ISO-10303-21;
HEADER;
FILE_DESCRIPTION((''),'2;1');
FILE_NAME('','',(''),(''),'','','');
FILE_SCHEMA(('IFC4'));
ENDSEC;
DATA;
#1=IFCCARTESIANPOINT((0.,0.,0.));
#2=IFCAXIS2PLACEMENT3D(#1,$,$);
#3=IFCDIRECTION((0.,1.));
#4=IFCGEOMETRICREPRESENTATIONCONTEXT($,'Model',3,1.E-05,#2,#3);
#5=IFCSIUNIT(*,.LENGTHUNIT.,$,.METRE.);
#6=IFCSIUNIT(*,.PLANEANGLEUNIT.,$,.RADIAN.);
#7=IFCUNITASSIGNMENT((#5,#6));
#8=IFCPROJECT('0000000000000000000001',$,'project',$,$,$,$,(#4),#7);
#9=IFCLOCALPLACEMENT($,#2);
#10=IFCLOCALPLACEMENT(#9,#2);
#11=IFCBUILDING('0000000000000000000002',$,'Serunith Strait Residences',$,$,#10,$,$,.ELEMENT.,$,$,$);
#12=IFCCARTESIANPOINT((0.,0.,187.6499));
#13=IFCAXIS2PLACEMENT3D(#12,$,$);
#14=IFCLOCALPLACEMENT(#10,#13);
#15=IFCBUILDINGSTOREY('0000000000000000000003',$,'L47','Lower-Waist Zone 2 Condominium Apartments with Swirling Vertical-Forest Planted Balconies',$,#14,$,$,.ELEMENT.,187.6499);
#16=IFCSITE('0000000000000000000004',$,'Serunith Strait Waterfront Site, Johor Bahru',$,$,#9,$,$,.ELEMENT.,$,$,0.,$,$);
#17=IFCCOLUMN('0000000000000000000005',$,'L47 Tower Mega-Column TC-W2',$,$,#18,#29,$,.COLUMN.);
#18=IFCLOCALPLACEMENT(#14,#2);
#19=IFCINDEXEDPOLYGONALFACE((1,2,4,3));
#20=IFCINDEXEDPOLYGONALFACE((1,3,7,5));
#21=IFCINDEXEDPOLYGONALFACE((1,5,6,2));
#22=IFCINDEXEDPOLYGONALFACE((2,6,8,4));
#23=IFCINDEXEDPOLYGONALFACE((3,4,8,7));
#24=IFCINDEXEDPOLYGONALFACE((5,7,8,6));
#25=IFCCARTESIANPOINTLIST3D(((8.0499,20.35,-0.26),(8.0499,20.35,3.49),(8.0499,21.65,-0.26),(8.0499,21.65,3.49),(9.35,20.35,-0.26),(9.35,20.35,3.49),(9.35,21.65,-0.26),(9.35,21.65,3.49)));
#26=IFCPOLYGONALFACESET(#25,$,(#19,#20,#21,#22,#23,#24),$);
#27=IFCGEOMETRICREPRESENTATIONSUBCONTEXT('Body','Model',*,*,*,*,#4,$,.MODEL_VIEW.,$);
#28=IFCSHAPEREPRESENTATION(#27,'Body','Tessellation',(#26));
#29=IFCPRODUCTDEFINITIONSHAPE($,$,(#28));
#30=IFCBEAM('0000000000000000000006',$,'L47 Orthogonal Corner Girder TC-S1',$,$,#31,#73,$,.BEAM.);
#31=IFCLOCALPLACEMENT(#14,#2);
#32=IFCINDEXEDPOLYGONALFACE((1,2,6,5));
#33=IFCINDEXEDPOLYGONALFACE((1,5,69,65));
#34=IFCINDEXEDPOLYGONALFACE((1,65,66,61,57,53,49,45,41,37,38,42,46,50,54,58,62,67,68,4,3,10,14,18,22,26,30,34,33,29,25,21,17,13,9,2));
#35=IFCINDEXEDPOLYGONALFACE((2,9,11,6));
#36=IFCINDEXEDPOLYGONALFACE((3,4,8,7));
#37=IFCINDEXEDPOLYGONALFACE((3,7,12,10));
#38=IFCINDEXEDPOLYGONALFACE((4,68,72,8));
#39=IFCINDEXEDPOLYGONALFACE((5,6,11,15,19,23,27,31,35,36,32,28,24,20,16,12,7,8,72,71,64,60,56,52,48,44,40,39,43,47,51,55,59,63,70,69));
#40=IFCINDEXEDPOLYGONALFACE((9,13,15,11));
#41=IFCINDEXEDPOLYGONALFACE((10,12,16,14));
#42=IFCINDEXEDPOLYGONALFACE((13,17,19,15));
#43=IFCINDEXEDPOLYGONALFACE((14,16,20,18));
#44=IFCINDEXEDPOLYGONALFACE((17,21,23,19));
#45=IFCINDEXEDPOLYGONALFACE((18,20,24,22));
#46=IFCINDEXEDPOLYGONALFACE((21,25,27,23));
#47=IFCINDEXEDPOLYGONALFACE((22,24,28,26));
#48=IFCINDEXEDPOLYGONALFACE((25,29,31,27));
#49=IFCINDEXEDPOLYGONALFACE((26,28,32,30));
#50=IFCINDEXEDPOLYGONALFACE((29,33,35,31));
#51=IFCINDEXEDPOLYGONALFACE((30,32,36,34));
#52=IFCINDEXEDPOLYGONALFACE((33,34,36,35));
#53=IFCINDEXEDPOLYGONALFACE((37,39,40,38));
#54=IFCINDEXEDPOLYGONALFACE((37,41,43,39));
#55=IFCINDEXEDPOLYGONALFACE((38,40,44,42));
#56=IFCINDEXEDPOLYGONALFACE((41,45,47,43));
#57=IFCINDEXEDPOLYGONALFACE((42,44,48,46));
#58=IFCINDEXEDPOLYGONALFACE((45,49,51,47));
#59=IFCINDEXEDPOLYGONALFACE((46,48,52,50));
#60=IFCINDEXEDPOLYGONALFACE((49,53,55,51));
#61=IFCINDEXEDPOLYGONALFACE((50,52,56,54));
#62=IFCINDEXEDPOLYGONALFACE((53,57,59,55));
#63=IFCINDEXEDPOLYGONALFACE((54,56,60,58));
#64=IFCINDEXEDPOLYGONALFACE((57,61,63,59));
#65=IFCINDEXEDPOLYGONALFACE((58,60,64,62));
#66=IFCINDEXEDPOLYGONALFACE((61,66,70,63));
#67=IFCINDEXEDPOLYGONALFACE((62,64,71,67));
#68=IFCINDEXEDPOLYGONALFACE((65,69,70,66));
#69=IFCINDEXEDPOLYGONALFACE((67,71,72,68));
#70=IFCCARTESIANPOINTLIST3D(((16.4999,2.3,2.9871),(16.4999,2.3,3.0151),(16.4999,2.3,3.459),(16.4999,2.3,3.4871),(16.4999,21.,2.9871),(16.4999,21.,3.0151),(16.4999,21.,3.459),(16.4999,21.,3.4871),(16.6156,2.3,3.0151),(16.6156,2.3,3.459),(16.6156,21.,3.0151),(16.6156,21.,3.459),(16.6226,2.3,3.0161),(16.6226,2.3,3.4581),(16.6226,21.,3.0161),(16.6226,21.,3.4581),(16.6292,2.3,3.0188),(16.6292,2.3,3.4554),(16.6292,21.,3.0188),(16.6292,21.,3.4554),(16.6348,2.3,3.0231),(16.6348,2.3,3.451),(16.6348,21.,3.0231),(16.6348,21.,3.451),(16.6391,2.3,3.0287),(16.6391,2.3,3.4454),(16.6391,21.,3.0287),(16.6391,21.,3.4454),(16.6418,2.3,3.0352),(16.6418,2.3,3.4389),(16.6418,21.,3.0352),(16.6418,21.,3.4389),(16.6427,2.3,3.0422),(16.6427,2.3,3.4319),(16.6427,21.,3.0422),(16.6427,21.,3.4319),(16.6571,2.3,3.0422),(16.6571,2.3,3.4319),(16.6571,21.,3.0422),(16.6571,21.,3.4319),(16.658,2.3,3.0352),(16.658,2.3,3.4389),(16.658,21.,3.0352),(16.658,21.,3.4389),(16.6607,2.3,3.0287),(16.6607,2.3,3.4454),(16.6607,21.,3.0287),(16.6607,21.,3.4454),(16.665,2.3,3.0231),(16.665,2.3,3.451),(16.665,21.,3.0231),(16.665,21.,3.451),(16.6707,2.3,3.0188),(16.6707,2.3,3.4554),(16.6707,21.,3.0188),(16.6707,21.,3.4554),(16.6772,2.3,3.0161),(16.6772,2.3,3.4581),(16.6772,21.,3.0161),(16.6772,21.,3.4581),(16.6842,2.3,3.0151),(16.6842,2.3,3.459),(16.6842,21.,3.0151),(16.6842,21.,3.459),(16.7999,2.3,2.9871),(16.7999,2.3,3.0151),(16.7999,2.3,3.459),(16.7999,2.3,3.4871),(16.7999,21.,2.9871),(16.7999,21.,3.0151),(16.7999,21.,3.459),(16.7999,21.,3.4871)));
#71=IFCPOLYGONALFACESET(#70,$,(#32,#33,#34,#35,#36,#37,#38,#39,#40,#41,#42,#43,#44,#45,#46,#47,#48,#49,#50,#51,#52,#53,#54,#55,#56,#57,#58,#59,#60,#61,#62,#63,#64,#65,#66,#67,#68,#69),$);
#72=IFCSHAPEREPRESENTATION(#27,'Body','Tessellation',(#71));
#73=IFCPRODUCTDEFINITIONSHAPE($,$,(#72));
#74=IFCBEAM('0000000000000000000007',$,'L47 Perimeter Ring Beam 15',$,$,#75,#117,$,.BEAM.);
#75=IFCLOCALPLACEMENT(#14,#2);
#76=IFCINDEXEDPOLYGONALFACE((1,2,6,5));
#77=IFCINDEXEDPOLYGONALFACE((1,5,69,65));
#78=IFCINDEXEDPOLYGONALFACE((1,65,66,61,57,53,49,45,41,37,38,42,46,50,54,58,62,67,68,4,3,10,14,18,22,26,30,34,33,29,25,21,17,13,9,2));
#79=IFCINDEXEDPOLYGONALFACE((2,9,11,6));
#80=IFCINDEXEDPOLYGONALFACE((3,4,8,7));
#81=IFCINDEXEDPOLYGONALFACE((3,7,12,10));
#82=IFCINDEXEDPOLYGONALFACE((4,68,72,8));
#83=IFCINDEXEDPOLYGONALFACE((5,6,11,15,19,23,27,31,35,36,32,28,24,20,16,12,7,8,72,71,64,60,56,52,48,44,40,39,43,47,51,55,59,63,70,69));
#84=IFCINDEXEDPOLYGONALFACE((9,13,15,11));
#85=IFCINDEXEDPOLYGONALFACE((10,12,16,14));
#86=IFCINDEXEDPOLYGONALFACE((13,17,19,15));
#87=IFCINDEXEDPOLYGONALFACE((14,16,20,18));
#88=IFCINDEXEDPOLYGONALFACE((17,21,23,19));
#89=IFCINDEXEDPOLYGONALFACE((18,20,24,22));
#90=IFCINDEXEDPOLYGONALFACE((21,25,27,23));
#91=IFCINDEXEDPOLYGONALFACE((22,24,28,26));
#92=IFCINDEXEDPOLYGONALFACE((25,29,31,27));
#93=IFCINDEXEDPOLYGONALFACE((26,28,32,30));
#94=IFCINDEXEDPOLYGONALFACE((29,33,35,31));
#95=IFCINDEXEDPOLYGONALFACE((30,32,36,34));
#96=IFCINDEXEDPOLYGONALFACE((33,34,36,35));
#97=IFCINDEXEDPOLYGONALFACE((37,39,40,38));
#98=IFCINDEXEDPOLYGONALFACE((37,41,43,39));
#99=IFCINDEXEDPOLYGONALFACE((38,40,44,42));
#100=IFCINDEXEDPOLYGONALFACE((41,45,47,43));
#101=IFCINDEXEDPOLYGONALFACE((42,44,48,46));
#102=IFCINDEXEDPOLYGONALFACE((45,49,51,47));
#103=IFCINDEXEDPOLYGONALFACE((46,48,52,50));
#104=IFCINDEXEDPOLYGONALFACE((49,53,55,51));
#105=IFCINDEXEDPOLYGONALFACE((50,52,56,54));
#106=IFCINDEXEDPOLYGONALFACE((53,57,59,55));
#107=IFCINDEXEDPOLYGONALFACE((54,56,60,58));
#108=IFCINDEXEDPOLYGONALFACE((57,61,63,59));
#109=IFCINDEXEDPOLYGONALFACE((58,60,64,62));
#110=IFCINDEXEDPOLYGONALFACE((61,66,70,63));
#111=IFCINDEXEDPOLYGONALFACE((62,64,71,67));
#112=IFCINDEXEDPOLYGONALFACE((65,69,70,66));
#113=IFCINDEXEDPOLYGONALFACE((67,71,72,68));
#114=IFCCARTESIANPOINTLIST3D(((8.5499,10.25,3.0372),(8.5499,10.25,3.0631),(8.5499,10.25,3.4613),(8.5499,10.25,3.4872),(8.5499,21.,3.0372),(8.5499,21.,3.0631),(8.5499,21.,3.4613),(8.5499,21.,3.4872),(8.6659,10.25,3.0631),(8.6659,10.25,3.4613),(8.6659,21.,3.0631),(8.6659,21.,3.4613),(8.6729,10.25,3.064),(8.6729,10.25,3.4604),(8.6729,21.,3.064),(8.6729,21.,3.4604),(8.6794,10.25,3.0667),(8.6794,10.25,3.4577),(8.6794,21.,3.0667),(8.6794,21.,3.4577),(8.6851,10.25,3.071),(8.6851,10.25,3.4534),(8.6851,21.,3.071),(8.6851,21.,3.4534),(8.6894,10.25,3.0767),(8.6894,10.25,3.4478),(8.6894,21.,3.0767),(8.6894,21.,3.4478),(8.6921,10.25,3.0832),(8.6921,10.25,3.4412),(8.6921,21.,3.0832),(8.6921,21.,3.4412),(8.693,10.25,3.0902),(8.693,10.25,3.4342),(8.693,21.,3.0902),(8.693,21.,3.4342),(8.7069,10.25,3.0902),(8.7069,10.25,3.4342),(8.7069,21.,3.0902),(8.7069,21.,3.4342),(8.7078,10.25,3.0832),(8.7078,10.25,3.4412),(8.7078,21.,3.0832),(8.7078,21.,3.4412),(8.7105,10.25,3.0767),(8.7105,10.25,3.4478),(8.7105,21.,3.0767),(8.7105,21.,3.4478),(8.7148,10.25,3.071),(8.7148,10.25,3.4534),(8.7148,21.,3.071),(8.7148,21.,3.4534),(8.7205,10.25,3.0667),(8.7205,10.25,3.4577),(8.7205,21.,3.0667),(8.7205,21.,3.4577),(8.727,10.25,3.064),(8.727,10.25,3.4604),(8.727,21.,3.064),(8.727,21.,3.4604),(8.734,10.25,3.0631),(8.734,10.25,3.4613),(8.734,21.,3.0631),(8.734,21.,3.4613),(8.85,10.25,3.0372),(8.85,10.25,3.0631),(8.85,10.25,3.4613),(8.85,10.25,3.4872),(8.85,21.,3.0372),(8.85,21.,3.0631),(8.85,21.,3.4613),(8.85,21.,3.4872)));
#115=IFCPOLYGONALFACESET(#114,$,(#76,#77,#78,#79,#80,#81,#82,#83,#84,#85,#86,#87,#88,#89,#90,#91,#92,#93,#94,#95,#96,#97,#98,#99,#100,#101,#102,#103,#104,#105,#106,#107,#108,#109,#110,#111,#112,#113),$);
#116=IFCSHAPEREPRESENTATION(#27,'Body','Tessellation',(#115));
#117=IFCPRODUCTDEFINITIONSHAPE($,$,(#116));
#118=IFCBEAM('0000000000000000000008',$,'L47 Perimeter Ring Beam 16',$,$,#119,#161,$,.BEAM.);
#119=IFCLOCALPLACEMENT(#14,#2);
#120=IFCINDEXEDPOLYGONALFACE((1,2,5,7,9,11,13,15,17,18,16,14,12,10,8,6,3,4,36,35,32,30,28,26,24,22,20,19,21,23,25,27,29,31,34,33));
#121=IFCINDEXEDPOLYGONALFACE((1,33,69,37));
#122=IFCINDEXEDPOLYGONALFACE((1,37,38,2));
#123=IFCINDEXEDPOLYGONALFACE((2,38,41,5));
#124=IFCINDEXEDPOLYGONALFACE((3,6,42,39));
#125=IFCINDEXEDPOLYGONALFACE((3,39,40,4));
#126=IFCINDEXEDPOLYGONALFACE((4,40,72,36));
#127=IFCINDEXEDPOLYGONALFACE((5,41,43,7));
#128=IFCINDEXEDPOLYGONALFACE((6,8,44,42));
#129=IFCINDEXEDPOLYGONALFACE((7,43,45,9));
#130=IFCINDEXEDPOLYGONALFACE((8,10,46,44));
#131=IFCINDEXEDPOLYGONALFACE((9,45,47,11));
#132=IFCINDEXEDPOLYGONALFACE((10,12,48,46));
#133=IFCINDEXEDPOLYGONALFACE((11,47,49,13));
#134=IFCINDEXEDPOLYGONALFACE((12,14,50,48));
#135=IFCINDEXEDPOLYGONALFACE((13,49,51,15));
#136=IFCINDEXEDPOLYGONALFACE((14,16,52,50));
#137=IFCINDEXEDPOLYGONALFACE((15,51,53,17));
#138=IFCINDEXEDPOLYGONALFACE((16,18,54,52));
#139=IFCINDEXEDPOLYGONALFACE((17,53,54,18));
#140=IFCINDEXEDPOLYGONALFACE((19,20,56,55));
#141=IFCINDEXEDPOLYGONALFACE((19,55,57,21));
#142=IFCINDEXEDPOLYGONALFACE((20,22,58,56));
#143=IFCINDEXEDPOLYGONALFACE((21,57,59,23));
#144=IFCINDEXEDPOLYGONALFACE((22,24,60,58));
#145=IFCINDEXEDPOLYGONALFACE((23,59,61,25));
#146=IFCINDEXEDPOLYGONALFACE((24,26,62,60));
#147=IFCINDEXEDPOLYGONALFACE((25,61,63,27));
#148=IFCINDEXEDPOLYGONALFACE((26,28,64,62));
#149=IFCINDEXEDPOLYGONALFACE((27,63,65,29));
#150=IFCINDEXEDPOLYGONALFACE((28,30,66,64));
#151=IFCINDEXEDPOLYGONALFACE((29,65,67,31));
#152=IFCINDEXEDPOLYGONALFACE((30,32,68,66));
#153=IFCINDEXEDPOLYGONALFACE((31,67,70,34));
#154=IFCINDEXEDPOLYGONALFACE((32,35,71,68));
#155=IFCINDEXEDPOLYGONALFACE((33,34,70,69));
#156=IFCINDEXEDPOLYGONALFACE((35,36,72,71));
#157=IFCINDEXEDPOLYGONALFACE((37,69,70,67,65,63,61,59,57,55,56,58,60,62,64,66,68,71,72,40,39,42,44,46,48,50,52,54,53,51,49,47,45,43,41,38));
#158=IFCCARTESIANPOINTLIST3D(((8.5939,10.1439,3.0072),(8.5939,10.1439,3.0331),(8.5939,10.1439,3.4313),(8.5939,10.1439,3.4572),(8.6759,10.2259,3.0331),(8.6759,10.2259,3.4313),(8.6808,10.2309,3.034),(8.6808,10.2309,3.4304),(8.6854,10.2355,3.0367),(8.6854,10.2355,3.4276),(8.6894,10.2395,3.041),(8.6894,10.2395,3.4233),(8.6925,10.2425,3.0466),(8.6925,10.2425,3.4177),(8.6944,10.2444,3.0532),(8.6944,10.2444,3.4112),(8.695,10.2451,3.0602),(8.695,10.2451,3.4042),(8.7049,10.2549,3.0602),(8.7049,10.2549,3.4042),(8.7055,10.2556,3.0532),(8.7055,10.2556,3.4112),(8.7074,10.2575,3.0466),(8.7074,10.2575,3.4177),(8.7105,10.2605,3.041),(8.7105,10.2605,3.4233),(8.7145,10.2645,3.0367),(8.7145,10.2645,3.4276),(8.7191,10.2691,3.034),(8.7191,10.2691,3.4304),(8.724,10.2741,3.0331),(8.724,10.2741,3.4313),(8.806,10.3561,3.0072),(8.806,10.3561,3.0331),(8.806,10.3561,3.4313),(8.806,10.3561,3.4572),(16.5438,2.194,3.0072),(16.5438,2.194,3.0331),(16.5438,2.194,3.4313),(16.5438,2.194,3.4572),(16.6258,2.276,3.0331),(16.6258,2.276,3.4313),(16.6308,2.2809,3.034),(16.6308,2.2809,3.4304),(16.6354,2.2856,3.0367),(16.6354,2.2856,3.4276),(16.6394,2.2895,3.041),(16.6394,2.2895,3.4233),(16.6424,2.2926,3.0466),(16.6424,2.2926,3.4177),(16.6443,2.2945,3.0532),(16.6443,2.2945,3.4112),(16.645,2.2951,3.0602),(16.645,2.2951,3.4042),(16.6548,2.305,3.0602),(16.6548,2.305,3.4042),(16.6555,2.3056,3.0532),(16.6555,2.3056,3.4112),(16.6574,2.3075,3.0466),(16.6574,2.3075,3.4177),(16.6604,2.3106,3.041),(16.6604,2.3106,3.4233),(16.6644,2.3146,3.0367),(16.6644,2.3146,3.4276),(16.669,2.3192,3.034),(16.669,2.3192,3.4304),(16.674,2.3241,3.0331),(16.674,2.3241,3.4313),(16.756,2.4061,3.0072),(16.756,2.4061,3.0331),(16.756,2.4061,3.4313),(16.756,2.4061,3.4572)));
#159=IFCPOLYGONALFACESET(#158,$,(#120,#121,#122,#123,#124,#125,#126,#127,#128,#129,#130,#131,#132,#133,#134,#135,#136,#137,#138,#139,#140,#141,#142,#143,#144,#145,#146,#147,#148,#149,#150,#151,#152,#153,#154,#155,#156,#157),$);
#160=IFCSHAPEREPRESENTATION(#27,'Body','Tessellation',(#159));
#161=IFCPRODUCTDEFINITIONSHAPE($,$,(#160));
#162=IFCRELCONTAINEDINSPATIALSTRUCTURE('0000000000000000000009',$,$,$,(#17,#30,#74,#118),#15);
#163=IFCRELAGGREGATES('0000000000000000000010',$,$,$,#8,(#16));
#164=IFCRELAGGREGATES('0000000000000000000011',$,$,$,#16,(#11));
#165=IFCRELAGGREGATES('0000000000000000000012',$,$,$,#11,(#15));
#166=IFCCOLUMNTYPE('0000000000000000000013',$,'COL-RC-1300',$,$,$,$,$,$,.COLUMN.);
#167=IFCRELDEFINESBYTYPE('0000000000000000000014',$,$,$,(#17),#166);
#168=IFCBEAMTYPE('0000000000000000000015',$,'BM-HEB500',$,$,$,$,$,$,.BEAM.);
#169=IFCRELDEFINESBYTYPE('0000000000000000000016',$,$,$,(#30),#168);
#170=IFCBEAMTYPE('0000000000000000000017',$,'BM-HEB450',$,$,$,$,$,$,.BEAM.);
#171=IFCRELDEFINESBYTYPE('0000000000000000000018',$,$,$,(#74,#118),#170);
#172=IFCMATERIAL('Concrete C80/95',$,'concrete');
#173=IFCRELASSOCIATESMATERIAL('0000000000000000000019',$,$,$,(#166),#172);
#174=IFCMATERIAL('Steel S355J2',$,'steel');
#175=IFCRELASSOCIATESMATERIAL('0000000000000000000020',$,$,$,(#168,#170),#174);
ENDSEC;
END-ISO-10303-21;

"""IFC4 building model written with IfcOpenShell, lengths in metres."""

from ifc_helpers import new_model, si_unit, direction, frame, origin, origin_2d, place, context, subcontext, project, spatial, rectangle, i_section, extrude, source, transform, mapped, material, material_profile, profile_set, type_object, element, save


model = new_model("IFC4")

# Units and contexts
model_context = context("Model", 3, precision=1e-05, world=origin(), true_north=direction((0.0, 1.0)))
body_context = subcontext(model_context, "Body", "Model", "MODEL_VIEW")
ifc_project = project(units=[si_unit("LENGTHUNIT", "METRE"), si_unit("PLANEANGLEUNIT", "RADIAN")], contexts=[model_context])

# Site, building, storey
site_placement = place(None, origin())
site = spatial("IfcSite", under=ifc_project, at=site_placement, Name="Serunith Strait Waterfront Site, Johor Bahru", CompositionType="ELEMENT", RefElevation=0.0)
building_placement = place(site_placement, origin())
building = spatial("IfcBuilding", under=site, at=building_placement, Name="Serunith Strait Residences", CompositionType="ELEMENT")
storey_placement = place(building_placement, frame((0.0, 0.0, 187.6499)))
storey = spatial("IfcBuildingStorey", under=building, at=storey_placement, Name="L47", Description="Lower-Waist Zone 2 Condominium Apartments with Swirling Vertical-Forest Planted Balconies", CompositionType="ELEMENT", Elevation=187.6499)

# Column
ifc_material_1 = material(Name="Concrete C80/95", Category="concrete")
ifc_material_profile_1 = material_profile(ifc_material_1, rectangle(XDim=1.3, YDim=1.3, at=origin_2d()), Name="RC 1300x1300")
ifc_profile_set_1 = profile_set([ifc_material_profile_1], Name="Concrete C80/95")
column_type = type_object("IfcColumnType", Name="COL-RC-1300", PredefinedType="COLUMN", material=ifc_profile_set_1)
shared_shape_1 = source(origin(), body_context, "Body", "SweptSolid", [
    extrude(rectangle(XDim=1.3, YDim=1.3, at=origin_2d()), origin(), (0.0, 0.0, 1.0), 3.75),
])
column_placement = place(storey_placement, frame((8.7, 21.0, -0.26), z_axis=(0.0, 0.0, 1.0), x_axis=(1.0, 0.0, 0.0)))
element("IfcColumn", 1, at=column_placement, inside=storey, type_object=column_type, Name="L47 Tower Mega-Column TC-W2", PredefinedType="COLUMN", context=body_context, shape_type="MappedRepresentation", body=[
    mapped(shared_shape_1, transform((0.0, 0.0, 0.0), scale=1.0)),
])

# Beams
ifc_material_2 = material(Name="Steel S355J2", Category="steel")
ifc_material_profile_2 = material_profile(ifc_material_2, i_section(OverallWidth=0.3, OverallDepth=0.5, WebThickness=0.0144, FlangeThickness=0.0281, FilletRadius=0.0271, at=origin_2d()), Name="HEB 500")
ifc_profile_set_2 = profile_set([ifc_material_profile_2], Name="Steel S355J2")
beam_type_1 = type_object("IfcBeamType", Name="BM-HEB500", PredefinedType="BEAM", material=ifc_profile_set_2)
shared_shape_2 = source(origin(), body_context, "Body", "SweptSolid", [
    extrude(i_section(OverallWidth=0.3, OverallDepth=0.5, WebThickness=0.0144, FlangeThickness=0.0281, FilletRadius=0.0271, at=origin_2d()), origin(), (0.0, 0.0, 1.0), 18.7),
])
beam_1_placement = place(storey_placement, frame((16.6499, 21.0, 3.2371), z_axis=(0.0, -1.0, 0.0), x_axis=(1.0, 0.0, 0.0)))
element("IfcBeam", 2, at=beam_1_placement, inside=storey, type_object=beam_type_1, Name="L47 Orthogonal Corner Girder TC-S1", PredefinedType="BEAM", context=body_context, shape_type="MappedRepresentation", body=[
    mapped(shared_shape_2, transform((0.0, 0.0, 0.0), scale=1.0)),
])
ifc_material_profile_3 = material_profile(ifc_material_2, i_section(OverallWidth=0.3, OverallDepth=0.45, WebThickness=0.0139, FlangeThickness=0.0259, FilletRadius=0.0271, at=origin_2d()), Name="HEB 450")
ifc_profile_set_3 = profile_set([ifc_material_profile_3], Name="Steel S355J2")
beam_type_2 = type_object("IfcBeamType", Name="BM-HEB450", PredefinedType="BEAM", material=ifc_profile_set_3)
shared_shape_3 = source(origin(), body_context, "Body", "SweptSolid", [
    extrude(i_section(OverallWidth=0.3, OverallDepth=0.45, WebThickness=0.0139, FlangeThickness=0.0259, FilletRadius=0.0271, at=origin_2d()), origin(), (0.0, 0.0, 1.0), 10.75),
])
beam_2_placement = place(storey_placement, frame((8.7, 21.0, 3.2622), z_axis=(0.0, -1.0, 0.0), x_axis=(1.0, 0.0, 0.0)))
element("IfcBeam", 3, at=beam_2_placement, inside=storey, type_object=beam_type_2, Name="L47 Perimeter Ring Beam 15", PredefinedType="BEAM", context=body_context, shape_type="MappedRepresentation", body=[
    mapped(shared_shape_3, transform((0.0, 0.0, 0.0), scale=1.0)),
])
shared_shape_4 = source(origin(), body_context, "Body", "SweptSolid", [
    extrude(i_section(OverallWidth=0.3, OverallDepth=0.45, WebThickness=0.0139, FlangeThickness=0.0259, FilletRadius=0.0271, at=origin_2d()), origin(), (0.0, 0.0, 1.0), 11.2429),
])
beam_3_placement = place(storey_placement, frame((8.7, 10.25, 3.2322), z_axis=(0.707107, -0.707107, 0.0), x_axis=(0.707107, 0.707107, 0.0)))
element("IfcBeam", 4, at=beam_3_placement, inside=storey, type_object=beam_type_2, Name="L47 Perimeter Ring Beam 16", PredefinedType="BEAM", context=body_context, shape_type="MappedRepresentation", body=[
    mapped(shared_shape_4, transform((0.0, 0.0, 0.0), scale=1.0)),
])

save(model, "model.ifc")
